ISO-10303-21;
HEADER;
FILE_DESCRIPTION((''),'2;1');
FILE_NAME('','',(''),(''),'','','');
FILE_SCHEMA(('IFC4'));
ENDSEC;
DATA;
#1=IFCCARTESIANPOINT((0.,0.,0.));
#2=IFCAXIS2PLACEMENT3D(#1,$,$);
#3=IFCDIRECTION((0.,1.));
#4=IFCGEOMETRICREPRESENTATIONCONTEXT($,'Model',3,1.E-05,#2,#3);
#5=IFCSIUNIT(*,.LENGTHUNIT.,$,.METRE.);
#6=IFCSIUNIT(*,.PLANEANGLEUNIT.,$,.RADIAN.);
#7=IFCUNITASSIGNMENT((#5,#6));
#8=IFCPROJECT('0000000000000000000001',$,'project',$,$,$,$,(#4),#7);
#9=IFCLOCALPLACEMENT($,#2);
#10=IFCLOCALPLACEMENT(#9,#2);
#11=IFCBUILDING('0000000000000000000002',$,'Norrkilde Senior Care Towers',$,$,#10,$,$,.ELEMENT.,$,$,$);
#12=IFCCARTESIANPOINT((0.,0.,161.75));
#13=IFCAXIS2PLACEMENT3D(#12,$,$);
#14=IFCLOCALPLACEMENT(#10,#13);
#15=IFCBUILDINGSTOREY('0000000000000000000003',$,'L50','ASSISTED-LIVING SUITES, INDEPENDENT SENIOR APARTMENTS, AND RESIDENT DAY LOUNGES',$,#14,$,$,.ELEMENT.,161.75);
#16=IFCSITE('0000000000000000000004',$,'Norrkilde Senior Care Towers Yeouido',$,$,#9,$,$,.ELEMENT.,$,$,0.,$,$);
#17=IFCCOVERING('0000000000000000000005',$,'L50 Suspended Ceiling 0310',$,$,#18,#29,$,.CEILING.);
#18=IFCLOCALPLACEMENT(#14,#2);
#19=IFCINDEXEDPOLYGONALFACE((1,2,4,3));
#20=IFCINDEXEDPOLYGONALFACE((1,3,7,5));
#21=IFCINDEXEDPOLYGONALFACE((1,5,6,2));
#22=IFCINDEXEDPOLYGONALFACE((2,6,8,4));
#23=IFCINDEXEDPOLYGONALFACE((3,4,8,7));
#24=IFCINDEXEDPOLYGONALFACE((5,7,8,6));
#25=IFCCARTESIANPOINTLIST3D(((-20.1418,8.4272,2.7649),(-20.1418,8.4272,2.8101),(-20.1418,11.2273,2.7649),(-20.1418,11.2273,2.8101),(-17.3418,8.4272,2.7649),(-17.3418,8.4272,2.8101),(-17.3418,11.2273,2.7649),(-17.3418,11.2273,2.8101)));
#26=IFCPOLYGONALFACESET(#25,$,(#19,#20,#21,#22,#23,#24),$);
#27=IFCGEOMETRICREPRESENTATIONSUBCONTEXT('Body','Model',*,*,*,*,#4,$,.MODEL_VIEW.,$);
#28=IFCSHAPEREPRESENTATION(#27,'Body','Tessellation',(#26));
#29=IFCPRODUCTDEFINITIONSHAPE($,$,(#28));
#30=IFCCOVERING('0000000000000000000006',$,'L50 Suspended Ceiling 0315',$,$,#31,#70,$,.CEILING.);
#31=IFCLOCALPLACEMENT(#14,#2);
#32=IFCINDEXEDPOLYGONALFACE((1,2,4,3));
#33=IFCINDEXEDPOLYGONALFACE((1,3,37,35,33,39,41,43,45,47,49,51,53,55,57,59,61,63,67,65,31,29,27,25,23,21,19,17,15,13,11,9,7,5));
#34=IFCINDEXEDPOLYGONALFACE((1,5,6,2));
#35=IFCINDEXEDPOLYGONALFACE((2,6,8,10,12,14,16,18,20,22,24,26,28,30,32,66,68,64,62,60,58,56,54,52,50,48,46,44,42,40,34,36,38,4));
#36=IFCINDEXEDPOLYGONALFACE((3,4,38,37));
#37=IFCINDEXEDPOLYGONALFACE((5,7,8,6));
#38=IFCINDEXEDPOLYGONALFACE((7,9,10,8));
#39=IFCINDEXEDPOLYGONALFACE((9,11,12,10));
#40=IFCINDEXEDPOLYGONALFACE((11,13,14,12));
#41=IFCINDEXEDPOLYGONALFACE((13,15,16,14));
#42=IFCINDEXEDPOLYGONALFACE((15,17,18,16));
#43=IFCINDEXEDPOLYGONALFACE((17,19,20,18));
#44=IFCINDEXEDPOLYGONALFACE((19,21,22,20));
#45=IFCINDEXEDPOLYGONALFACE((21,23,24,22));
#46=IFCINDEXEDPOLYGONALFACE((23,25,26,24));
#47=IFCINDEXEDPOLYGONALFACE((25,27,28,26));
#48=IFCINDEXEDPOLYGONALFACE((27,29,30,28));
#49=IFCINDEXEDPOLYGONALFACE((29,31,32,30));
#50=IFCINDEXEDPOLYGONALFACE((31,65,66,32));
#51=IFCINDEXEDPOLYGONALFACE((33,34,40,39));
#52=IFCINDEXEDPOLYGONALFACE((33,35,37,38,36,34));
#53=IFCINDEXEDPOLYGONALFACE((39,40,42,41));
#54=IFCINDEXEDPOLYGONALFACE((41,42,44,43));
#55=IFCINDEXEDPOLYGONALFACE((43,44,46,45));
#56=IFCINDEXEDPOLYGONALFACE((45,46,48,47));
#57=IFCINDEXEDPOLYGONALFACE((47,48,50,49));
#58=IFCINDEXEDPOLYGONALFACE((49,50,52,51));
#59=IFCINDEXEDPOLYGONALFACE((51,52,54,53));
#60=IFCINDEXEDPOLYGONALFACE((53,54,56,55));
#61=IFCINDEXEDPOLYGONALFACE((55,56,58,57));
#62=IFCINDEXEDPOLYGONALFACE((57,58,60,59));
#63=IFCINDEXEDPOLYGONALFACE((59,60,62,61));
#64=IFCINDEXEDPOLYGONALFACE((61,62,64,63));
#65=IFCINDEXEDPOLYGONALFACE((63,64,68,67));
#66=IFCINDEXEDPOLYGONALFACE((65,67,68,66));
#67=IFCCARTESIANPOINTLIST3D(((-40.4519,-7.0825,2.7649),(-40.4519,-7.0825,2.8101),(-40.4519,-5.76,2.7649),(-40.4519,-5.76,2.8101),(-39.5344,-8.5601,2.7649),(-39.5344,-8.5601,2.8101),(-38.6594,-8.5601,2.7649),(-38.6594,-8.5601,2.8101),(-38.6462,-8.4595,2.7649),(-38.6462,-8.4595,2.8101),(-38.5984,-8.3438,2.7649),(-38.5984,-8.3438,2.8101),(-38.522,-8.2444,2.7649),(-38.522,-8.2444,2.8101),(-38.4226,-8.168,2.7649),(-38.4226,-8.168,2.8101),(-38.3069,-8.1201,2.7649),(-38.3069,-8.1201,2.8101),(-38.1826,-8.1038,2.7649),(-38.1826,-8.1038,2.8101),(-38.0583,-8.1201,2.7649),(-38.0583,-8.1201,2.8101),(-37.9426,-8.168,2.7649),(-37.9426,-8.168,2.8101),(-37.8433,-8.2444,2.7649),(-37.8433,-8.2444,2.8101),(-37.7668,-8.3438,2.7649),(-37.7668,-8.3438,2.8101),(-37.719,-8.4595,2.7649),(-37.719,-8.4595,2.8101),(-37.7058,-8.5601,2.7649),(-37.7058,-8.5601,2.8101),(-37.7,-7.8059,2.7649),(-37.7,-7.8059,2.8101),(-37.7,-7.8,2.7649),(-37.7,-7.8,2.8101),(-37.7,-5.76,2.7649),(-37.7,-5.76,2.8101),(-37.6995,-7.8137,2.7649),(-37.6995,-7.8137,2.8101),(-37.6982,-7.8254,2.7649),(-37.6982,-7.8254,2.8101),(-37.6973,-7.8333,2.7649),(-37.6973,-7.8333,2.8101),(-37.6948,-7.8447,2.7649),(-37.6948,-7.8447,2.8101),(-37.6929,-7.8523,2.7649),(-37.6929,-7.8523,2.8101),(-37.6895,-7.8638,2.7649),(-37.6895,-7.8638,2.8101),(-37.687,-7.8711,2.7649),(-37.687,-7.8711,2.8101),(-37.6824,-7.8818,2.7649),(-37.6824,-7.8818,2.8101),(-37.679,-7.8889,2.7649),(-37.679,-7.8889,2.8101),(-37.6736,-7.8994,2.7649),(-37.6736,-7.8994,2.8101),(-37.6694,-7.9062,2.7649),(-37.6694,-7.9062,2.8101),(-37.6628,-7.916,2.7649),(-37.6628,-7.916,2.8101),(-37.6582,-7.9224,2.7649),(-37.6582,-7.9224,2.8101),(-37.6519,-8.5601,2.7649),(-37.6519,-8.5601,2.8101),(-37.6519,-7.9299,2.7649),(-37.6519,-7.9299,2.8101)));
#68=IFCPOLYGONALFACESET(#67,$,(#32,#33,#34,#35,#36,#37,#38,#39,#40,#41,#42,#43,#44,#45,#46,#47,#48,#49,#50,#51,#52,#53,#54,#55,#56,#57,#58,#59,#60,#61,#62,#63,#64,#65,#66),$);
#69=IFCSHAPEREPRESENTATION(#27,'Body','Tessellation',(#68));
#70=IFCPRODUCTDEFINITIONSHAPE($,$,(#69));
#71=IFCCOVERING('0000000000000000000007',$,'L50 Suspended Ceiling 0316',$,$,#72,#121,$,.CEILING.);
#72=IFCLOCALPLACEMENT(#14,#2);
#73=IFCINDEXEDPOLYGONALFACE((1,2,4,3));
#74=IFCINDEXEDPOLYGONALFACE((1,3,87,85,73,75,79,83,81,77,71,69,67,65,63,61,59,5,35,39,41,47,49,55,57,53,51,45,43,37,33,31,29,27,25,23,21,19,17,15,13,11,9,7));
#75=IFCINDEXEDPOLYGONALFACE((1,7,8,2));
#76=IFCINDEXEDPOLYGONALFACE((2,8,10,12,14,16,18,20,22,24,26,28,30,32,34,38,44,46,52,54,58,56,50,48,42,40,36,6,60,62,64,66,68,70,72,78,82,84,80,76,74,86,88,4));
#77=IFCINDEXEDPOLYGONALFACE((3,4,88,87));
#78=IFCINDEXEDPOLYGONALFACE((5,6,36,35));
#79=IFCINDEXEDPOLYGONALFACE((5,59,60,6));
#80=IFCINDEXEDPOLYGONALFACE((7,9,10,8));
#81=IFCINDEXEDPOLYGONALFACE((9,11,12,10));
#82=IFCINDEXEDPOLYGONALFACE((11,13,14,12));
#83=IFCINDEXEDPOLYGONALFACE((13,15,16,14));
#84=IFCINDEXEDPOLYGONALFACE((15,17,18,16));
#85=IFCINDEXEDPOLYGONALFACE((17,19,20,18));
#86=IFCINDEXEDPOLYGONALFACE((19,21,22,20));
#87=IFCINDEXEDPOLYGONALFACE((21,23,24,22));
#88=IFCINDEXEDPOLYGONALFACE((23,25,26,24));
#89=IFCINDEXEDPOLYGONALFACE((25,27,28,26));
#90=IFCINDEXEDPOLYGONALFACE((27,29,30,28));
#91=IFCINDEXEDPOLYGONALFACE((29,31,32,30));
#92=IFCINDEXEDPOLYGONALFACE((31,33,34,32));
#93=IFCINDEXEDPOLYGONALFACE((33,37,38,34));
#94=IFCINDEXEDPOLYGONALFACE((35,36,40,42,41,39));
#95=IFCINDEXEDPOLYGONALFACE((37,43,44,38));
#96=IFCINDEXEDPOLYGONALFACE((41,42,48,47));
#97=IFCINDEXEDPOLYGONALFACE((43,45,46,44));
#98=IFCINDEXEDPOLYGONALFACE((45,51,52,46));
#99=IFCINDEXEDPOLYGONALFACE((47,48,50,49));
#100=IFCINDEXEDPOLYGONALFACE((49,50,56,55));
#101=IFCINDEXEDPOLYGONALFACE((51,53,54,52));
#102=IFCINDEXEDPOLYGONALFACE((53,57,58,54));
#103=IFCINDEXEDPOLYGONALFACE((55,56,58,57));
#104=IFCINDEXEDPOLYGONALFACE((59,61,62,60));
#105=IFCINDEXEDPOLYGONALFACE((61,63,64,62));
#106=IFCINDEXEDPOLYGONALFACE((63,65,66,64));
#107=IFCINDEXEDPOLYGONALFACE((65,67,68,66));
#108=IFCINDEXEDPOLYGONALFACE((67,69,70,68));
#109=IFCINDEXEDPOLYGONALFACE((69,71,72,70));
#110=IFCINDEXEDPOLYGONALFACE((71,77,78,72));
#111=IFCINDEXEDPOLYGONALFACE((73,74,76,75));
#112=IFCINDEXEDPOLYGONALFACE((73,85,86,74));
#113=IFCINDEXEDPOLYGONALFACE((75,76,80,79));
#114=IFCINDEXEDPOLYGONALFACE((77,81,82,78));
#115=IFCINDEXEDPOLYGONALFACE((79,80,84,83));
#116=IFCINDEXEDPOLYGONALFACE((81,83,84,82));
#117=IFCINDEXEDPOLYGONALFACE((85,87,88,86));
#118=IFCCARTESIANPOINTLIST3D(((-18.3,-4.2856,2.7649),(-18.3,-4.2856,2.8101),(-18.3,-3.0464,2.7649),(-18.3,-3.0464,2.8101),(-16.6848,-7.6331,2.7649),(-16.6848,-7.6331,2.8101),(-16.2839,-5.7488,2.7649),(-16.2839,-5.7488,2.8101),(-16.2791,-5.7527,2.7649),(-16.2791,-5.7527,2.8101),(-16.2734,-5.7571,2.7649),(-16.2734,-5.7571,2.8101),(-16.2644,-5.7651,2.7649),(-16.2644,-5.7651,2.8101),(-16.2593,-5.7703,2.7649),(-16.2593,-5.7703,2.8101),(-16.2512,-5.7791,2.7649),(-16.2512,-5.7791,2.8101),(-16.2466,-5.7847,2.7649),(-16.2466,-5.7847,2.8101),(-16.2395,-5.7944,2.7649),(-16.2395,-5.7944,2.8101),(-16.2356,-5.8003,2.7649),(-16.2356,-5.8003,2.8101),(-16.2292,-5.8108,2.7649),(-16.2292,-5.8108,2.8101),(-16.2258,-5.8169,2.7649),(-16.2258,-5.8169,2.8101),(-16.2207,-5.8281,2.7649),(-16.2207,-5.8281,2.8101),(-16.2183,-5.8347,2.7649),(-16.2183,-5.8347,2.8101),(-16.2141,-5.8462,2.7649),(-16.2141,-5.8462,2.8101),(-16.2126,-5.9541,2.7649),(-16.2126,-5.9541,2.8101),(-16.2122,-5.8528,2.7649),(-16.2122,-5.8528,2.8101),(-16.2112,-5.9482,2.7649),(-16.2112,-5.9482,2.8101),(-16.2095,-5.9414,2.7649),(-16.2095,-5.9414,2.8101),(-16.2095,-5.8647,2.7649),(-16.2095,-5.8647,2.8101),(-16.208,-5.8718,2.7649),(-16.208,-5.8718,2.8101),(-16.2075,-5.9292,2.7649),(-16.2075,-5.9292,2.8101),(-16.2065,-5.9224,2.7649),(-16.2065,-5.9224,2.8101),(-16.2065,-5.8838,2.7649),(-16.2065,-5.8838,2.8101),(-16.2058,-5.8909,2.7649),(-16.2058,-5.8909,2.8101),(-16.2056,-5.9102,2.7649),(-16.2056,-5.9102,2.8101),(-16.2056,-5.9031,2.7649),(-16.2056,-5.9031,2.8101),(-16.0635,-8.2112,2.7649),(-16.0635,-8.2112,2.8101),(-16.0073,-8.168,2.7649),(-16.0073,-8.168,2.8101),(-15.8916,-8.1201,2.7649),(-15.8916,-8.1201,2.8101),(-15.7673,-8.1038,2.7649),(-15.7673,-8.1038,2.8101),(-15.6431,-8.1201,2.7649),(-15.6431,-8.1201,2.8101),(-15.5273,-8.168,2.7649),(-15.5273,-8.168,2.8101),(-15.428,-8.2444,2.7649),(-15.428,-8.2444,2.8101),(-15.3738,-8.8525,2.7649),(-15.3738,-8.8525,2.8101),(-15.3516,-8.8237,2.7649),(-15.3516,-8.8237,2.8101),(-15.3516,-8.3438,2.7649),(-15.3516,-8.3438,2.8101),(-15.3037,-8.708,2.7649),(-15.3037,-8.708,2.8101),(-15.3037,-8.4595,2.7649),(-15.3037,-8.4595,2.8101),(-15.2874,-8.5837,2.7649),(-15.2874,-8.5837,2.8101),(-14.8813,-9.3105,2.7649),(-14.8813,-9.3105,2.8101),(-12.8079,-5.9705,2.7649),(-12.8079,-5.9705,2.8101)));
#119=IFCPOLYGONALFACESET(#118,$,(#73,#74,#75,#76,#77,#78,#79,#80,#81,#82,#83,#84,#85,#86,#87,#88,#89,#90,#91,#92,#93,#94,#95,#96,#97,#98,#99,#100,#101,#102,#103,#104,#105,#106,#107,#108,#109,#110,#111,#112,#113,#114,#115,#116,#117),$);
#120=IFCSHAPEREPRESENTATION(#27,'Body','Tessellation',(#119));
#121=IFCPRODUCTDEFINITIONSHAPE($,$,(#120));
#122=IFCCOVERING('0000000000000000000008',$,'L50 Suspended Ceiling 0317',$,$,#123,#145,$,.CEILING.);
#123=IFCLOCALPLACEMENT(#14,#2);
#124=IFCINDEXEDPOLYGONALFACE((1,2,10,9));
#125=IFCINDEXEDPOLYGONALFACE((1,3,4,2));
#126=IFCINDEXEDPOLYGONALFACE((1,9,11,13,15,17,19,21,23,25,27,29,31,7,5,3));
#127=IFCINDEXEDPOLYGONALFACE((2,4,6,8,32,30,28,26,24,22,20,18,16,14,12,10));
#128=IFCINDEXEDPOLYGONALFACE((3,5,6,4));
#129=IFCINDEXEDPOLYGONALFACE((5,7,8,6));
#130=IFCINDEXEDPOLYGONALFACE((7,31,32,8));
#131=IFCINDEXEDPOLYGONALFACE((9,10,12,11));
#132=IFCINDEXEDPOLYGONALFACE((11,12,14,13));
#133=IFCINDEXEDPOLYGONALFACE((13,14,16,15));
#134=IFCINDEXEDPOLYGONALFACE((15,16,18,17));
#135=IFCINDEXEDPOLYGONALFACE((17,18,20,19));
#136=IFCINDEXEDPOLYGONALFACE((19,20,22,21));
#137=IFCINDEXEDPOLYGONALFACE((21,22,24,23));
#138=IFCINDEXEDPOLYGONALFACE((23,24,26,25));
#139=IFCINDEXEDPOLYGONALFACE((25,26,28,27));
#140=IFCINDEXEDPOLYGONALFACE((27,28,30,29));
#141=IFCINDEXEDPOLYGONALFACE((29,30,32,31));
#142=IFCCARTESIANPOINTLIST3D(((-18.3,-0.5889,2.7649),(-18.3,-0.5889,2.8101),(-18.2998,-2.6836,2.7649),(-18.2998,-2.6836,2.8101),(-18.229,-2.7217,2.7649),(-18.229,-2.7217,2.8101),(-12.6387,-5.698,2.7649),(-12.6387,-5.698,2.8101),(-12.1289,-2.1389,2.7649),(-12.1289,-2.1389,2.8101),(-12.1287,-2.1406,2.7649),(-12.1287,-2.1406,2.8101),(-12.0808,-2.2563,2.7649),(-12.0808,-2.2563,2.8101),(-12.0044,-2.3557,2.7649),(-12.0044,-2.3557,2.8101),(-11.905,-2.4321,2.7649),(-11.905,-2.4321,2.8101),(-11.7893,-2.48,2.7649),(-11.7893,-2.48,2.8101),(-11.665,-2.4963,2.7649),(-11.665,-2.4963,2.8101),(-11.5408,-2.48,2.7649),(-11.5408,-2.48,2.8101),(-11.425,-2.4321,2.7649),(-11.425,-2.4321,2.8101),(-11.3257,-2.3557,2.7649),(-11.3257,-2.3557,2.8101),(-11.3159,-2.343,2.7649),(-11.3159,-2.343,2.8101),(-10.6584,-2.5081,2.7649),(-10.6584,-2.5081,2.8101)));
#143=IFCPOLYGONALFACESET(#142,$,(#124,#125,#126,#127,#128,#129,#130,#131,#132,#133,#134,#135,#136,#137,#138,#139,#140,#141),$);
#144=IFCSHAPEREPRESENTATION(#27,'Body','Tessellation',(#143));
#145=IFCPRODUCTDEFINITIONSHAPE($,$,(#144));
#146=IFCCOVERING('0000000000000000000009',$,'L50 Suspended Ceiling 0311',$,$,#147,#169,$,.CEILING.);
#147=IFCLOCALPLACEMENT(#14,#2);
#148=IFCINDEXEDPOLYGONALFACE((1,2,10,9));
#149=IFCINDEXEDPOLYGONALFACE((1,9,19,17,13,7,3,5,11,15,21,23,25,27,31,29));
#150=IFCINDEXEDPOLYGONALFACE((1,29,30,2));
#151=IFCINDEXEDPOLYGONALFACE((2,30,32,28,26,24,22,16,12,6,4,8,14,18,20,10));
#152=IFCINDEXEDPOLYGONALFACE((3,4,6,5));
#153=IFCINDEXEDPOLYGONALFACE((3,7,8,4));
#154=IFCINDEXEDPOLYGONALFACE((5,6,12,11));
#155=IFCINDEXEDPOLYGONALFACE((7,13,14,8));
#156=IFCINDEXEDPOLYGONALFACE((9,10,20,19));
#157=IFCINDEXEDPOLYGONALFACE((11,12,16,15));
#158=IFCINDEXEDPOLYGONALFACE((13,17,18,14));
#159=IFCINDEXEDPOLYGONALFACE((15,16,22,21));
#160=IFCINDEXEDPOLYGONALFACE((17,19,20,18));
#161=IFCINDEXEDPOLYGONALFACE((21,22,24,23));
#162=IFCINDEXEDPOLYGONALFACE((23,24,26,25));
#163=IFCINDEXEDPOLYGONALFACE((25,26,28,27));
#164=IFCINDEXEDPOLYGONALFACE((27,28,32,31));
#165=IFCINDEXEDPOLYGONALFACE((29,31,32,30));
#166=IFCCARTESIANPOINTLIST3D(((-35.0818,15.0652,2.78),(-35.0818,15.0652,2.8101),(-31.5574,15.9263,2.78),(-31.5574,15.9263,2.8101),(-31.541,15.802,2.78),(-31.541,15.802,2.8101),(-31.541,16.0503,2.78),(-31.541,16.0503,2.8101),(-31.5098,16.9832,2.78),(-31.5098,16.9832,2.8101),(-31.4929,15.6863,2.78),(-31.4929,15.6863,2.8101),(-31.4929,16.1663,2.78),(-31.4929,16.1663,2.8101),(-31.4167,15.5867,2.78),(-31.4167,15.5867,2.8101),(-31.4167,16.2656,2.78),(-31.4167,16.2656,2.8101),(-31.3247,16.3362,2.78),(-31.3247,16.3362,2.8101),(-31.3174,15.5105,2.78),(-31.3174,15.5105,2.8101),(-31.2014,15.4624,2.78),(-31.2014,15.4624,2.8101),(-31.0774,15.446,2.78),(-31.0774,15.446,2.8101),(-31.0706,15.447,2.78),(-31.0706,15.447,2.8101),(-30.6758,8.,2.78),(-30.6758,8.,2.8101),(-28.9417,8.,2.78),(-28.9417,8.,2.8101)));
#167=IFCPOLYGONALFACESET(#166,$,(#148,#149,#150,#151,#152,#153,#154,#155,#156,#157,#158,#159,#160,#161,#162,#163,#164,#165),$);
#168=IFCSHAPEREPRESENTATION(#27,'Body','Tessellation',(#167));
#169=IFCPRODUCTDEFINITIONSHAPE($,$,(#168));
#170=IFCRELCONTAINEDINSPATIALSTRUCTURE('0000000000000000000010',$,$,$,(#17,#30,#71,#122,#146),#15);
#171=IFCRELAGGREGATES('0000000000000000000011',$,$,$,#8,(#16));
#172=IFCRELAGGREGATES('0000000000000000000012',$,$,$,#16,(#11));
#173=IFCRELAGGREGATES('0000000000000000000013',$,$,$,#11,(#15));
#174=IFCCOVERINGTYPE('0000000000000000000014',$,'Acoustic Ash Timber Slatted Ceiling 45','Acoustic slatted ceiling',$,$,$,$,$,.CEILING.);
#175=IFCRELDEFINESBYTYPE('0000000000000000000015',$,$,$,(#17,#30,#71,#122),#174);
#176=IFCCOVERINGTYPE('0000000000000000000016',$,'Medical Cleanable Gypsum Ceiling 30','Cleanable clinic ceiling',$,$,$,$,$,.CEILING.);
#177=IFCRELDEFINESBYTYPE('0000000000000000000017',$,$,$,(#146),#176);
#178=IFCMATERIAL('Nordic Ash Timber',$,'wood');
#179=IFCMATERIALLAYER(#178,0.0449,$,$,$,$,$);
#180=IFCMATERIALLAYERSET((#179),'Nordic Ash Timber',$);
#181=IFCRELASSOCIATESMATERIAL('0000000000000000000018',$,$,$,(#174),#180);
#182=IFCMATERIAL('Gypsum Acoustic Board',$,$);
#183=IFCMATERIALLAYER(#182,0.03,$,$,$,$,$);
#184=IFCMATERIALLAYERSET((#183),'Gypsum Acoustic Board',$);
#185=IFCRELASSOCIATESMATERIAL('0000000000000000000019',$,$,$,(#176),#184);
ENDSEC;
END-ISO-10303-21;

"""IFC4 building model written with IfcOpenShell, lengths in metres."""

from ifc_helpers import new_model, si_unit, direction, frame, origin, place, context, subcontext, project, spatial, polyline, outline, extrude, material, layer, layer_set, type_object, element, save


model = new_model("IFC4")

# Units and contexts
model_context = context("Model", 3, precision=1e-05, world=origin(), true_north=direction((0.0, 1.0)))
body_context = subcontext(model_context, "Body", "Model", "MODEL_VIEW")
ifc_project = project(units=[si_unit("LENGTHUNIT", "METRE"), si_unit("PLANEANGLEUNIT", "RADIAN")], contexts=[model_context])

# Site, building, storey
site_placement = place(None, origin())
site = spatial("IfcSite", under=ifc_project, at=site_placement, Name="Norrkilde Senior Care Towers Yeouido", CompositionType="ELEMENT", RefElevation=0.0)
building_placement = place(site_placement, origin())
building = spatial("IfcBuilding", under=site, at=building_placement, Name="Norrkilde Senior Care Towers", CompositionType="ELEMENT")
storey_placement = place(building_placement, frame((0.0, 0.0, 161.75)))
storey = spatial("IfcBuildingStorey", under=building, at=storey_placement, Name="L50", Description="ASSISTED-LIVING SUITES, INDEPENDENT SENIOR APARTMENTS, AND RESIDENT DAY LOUNGES", CompositionType="ELEMENT", Elevation=161.75)

# Coverings
ifc_material_1 = material(Name="Nordic Ash Timber", Category="wood")
ifc_layer_1 = layer(ifc_material_1, 0.0449)
ifc_layer_set_1 = layer_set([ifc_layer_1], Name="Nordic Ash Timber")
covering_type_1 = type_object("IfcCoveringType", Name="Acoustic Ash Timber Slatted Ceiling 45", Description="Acoustic slatted ceiling", PredefinedType="CEILING", material=ifc_layer_set_1)
covering_1_placement = place(storey_placement, frame((0.0, 0.0, 2.7649)))
element("IfcCovering", 1, at=covering_1_placement, inside=storey, type_object=covering_type_1, Name="L50 Suspended Ceiling 0310", PredefinedType="CEILING", context=body_context, shape_type="SweptSolid", body=[
    extrude(outline(polyline([(-20.1418, 8.4272), (-20.1418, 11.2273), (-17.3418, 11.2273), (-17.3418, 8.4272), (-20.1418, 8.4272)])), origin(), (0.0, 0.0, 1.0), 0.0452),
])
covering_2_placement = place(storey_placement, frame((0.0, 0.0, 2.7649)))
element("IfcCovering", 2, at=covering_2_placement, inside=storey, type_object=covering_type_1, Name="L50 Suspended Ceiling 0315", PredefinedType="CEILING", context=body_context, shape_type="SweptSolid", body=[
    extrude(outline(polyline([(-37.6519, -8.5601), (-37.7058, -8.5601), (-37.719, -8.4595), (-37.7668, -8.3438), (-37.8433, -8.2444), (-37.9426, -8.168), (-38.0583, -8.1201), (-38.1826, -8.1038), (-38.3069, -8.1201), (-38.4226, -8.168), (-38.522, -8.2444), (-38.5984, -8.3438), (-38.6462, -8.4595), (-38.6594, -8.5601), (-39.5344, -8.5601), (-40.4519, -7.0825), (-40.4519, -5.76), (-37.7, -5.76), (-37.7, -7.8), (-37.7, -7.8059), (-37.6995, -7.8137), (-37.6982, -7.8254), (-37.6973, -7.8333), (-37.6948, -7.8447), (-37.6929, -7.8523), (-37.6895, -7.8638), (-37.687, -7.8711), (-37.6824, -7.8818), (-37.679, -7.8889), (-37.6736, -7.8994), (-37.6694, -7.9062), (-37.6628, -7.916), (-37.6582, -7.9224), (-37.6519, -7.9299), (-37.6519, -8.5601)])), origin(), (0.0, 0.0, 1.0), 0.0452),
])
covering_3_placement = place(storey_placement, frame((0.0, 0.0, 2.7649)))
element("IfcCovering", 3, at=covering_3_placement, inside=storey, type_object=covering_type_1, Name="L50 Suspended Ceiling 0316", PredefinedType="CEILING", context=body_context, shape_type="SweptSolid", body=[
    extrude(outline(polyline([(-16.2112, -5.9482), (-16.2095, -5.9414), (-16.2075, -5.9292), (-16.2065, -5.9224), (-16.2056, -5.9102), (-16.2056, -5.9031), (-16.2058, -5.8909), (-16.2065, -5.8838), (-16.208, -5.8718), (-16.2095, -5.8647), (-16.2122, -5.8528), (-16.2141, -5.8462), (-16.2183, -5.8347), (-16.2207, -5.8281), (-16.2258, -5.8169), (-16.2292, -5.8108), (-16.2356, -5.8003), (-16.2395, -5.7944), (-16.2466, -5.7847), (-16.2512, -5.7791), (-16.2593, -5.7703), (-16.2644, -5.7651), (-16.2734, -5.7571), (-16.2791, -5.7527), (-16.2839, -5.7488), (-18.3, -4.2856), (-18.3, -3.0464), (-12.8079, -5.9705), (-14.8813, -9.3105), (-15.3738, -8.8525), (-15.3516, -8.8237), (-15.3037, -8.708), (-15.2874, -8.5837), (-15.3037, -8.4595), (-15.3516, -8.3438), (-15.428, -8.2444), (-15.5273, -8.168), (-15.6431, -8.1201), (-15.7673, -8.1038), (-15.8916, -8.1201), (-16.0073, -8.168), (-16.0635, -8.2112), (-16.6848, -7.6331), (-16.2126, -5.9541), (-16.2112, -5.9482)])), origin(), (0.0, 0.0, 1.0), 0.0452),
])
covering_4_placement = place(storey_placement, frame((0.0, 0.0, 2.7649)))
element("IfcCovering", 4, at=covering_4_placement, inside=storey, type_object=covering_type_1, Name="L50 Suspended Ceiling 0317", PredefinedType="CEILING", context=body_context, shape_type="SweptSolid", body=[
    extrude(outline(polyline([(-12.1289, -2.1389), (-12.1287, -2.1406), (-12.0808, -2.2563), (-12.0044, -2.3557), (-11.905, -2.4321), (-11.7893, -2.48), (-11.665, -2.4963), (-11.5408, -2.48), (-11.425, -2.4321), (-11.3257, -2.3557), (-11.3159, -2.343), (-10.6584, -2.5081), (-12.6387, -5.698), (-18.229, -2.7217), (-18.2998, -2.6836), (-18.3, -0.5889), (-12.1289, -2.1389)])), origin(), (0.0, 0.0, 1.0), 0.0452),
])
ifc_material_2 = material(Name="Gypsum Acoustic Board")
ifc_layer_2 = layer(ifc_material_2, 0.03)
ifc_layer_set_2 = layer_set([ifc_layer_2], Name="Gypsum Acoustic Board")
covering_type_2 = type_object("IfcCoveringType", Name="Medical Cleanable Gypsum Ceiling 30", Description="Cleanable clinic ceiling", PredefinedType="CEILING", material=ifc_layer_set_2)
covering_5_placement = place(storey_placement, frame((0.0, 0.0, 2.78)))
element("IfcCovering", 5, at=covering_5_placement, inside=storey, type_object=covering_type_2, Name="L50 Suspended Ceiling 0311", PredefinedType="CEILING", context=body_context, shape_type="SweptSolid", body=[
    extrude(outline(polyline([(-31.3247, 16.3362), (-31.4167, 16.2656), (-31.4929, 16.1663), (-31.541, 16.0503), (-31.5574, 15.9263), (-31.541, 15.802), (-31.4929, 15.6863), (-31.4167, 15.5867), (-31.3174, 15.5105), (-31.2014, 15.4624), (-31.0774, 15.446), (-31.0706, 15.447), (-28.9417, 8.0), (-30.6758, 8.0), (-35.0818, 15.0652), (-31.5098, 16.9832), (-31.3247, 16.3362)])), origin(), (0.0, 0.0, 1.0), 0.03),
])

save(model, "model.ifc")
